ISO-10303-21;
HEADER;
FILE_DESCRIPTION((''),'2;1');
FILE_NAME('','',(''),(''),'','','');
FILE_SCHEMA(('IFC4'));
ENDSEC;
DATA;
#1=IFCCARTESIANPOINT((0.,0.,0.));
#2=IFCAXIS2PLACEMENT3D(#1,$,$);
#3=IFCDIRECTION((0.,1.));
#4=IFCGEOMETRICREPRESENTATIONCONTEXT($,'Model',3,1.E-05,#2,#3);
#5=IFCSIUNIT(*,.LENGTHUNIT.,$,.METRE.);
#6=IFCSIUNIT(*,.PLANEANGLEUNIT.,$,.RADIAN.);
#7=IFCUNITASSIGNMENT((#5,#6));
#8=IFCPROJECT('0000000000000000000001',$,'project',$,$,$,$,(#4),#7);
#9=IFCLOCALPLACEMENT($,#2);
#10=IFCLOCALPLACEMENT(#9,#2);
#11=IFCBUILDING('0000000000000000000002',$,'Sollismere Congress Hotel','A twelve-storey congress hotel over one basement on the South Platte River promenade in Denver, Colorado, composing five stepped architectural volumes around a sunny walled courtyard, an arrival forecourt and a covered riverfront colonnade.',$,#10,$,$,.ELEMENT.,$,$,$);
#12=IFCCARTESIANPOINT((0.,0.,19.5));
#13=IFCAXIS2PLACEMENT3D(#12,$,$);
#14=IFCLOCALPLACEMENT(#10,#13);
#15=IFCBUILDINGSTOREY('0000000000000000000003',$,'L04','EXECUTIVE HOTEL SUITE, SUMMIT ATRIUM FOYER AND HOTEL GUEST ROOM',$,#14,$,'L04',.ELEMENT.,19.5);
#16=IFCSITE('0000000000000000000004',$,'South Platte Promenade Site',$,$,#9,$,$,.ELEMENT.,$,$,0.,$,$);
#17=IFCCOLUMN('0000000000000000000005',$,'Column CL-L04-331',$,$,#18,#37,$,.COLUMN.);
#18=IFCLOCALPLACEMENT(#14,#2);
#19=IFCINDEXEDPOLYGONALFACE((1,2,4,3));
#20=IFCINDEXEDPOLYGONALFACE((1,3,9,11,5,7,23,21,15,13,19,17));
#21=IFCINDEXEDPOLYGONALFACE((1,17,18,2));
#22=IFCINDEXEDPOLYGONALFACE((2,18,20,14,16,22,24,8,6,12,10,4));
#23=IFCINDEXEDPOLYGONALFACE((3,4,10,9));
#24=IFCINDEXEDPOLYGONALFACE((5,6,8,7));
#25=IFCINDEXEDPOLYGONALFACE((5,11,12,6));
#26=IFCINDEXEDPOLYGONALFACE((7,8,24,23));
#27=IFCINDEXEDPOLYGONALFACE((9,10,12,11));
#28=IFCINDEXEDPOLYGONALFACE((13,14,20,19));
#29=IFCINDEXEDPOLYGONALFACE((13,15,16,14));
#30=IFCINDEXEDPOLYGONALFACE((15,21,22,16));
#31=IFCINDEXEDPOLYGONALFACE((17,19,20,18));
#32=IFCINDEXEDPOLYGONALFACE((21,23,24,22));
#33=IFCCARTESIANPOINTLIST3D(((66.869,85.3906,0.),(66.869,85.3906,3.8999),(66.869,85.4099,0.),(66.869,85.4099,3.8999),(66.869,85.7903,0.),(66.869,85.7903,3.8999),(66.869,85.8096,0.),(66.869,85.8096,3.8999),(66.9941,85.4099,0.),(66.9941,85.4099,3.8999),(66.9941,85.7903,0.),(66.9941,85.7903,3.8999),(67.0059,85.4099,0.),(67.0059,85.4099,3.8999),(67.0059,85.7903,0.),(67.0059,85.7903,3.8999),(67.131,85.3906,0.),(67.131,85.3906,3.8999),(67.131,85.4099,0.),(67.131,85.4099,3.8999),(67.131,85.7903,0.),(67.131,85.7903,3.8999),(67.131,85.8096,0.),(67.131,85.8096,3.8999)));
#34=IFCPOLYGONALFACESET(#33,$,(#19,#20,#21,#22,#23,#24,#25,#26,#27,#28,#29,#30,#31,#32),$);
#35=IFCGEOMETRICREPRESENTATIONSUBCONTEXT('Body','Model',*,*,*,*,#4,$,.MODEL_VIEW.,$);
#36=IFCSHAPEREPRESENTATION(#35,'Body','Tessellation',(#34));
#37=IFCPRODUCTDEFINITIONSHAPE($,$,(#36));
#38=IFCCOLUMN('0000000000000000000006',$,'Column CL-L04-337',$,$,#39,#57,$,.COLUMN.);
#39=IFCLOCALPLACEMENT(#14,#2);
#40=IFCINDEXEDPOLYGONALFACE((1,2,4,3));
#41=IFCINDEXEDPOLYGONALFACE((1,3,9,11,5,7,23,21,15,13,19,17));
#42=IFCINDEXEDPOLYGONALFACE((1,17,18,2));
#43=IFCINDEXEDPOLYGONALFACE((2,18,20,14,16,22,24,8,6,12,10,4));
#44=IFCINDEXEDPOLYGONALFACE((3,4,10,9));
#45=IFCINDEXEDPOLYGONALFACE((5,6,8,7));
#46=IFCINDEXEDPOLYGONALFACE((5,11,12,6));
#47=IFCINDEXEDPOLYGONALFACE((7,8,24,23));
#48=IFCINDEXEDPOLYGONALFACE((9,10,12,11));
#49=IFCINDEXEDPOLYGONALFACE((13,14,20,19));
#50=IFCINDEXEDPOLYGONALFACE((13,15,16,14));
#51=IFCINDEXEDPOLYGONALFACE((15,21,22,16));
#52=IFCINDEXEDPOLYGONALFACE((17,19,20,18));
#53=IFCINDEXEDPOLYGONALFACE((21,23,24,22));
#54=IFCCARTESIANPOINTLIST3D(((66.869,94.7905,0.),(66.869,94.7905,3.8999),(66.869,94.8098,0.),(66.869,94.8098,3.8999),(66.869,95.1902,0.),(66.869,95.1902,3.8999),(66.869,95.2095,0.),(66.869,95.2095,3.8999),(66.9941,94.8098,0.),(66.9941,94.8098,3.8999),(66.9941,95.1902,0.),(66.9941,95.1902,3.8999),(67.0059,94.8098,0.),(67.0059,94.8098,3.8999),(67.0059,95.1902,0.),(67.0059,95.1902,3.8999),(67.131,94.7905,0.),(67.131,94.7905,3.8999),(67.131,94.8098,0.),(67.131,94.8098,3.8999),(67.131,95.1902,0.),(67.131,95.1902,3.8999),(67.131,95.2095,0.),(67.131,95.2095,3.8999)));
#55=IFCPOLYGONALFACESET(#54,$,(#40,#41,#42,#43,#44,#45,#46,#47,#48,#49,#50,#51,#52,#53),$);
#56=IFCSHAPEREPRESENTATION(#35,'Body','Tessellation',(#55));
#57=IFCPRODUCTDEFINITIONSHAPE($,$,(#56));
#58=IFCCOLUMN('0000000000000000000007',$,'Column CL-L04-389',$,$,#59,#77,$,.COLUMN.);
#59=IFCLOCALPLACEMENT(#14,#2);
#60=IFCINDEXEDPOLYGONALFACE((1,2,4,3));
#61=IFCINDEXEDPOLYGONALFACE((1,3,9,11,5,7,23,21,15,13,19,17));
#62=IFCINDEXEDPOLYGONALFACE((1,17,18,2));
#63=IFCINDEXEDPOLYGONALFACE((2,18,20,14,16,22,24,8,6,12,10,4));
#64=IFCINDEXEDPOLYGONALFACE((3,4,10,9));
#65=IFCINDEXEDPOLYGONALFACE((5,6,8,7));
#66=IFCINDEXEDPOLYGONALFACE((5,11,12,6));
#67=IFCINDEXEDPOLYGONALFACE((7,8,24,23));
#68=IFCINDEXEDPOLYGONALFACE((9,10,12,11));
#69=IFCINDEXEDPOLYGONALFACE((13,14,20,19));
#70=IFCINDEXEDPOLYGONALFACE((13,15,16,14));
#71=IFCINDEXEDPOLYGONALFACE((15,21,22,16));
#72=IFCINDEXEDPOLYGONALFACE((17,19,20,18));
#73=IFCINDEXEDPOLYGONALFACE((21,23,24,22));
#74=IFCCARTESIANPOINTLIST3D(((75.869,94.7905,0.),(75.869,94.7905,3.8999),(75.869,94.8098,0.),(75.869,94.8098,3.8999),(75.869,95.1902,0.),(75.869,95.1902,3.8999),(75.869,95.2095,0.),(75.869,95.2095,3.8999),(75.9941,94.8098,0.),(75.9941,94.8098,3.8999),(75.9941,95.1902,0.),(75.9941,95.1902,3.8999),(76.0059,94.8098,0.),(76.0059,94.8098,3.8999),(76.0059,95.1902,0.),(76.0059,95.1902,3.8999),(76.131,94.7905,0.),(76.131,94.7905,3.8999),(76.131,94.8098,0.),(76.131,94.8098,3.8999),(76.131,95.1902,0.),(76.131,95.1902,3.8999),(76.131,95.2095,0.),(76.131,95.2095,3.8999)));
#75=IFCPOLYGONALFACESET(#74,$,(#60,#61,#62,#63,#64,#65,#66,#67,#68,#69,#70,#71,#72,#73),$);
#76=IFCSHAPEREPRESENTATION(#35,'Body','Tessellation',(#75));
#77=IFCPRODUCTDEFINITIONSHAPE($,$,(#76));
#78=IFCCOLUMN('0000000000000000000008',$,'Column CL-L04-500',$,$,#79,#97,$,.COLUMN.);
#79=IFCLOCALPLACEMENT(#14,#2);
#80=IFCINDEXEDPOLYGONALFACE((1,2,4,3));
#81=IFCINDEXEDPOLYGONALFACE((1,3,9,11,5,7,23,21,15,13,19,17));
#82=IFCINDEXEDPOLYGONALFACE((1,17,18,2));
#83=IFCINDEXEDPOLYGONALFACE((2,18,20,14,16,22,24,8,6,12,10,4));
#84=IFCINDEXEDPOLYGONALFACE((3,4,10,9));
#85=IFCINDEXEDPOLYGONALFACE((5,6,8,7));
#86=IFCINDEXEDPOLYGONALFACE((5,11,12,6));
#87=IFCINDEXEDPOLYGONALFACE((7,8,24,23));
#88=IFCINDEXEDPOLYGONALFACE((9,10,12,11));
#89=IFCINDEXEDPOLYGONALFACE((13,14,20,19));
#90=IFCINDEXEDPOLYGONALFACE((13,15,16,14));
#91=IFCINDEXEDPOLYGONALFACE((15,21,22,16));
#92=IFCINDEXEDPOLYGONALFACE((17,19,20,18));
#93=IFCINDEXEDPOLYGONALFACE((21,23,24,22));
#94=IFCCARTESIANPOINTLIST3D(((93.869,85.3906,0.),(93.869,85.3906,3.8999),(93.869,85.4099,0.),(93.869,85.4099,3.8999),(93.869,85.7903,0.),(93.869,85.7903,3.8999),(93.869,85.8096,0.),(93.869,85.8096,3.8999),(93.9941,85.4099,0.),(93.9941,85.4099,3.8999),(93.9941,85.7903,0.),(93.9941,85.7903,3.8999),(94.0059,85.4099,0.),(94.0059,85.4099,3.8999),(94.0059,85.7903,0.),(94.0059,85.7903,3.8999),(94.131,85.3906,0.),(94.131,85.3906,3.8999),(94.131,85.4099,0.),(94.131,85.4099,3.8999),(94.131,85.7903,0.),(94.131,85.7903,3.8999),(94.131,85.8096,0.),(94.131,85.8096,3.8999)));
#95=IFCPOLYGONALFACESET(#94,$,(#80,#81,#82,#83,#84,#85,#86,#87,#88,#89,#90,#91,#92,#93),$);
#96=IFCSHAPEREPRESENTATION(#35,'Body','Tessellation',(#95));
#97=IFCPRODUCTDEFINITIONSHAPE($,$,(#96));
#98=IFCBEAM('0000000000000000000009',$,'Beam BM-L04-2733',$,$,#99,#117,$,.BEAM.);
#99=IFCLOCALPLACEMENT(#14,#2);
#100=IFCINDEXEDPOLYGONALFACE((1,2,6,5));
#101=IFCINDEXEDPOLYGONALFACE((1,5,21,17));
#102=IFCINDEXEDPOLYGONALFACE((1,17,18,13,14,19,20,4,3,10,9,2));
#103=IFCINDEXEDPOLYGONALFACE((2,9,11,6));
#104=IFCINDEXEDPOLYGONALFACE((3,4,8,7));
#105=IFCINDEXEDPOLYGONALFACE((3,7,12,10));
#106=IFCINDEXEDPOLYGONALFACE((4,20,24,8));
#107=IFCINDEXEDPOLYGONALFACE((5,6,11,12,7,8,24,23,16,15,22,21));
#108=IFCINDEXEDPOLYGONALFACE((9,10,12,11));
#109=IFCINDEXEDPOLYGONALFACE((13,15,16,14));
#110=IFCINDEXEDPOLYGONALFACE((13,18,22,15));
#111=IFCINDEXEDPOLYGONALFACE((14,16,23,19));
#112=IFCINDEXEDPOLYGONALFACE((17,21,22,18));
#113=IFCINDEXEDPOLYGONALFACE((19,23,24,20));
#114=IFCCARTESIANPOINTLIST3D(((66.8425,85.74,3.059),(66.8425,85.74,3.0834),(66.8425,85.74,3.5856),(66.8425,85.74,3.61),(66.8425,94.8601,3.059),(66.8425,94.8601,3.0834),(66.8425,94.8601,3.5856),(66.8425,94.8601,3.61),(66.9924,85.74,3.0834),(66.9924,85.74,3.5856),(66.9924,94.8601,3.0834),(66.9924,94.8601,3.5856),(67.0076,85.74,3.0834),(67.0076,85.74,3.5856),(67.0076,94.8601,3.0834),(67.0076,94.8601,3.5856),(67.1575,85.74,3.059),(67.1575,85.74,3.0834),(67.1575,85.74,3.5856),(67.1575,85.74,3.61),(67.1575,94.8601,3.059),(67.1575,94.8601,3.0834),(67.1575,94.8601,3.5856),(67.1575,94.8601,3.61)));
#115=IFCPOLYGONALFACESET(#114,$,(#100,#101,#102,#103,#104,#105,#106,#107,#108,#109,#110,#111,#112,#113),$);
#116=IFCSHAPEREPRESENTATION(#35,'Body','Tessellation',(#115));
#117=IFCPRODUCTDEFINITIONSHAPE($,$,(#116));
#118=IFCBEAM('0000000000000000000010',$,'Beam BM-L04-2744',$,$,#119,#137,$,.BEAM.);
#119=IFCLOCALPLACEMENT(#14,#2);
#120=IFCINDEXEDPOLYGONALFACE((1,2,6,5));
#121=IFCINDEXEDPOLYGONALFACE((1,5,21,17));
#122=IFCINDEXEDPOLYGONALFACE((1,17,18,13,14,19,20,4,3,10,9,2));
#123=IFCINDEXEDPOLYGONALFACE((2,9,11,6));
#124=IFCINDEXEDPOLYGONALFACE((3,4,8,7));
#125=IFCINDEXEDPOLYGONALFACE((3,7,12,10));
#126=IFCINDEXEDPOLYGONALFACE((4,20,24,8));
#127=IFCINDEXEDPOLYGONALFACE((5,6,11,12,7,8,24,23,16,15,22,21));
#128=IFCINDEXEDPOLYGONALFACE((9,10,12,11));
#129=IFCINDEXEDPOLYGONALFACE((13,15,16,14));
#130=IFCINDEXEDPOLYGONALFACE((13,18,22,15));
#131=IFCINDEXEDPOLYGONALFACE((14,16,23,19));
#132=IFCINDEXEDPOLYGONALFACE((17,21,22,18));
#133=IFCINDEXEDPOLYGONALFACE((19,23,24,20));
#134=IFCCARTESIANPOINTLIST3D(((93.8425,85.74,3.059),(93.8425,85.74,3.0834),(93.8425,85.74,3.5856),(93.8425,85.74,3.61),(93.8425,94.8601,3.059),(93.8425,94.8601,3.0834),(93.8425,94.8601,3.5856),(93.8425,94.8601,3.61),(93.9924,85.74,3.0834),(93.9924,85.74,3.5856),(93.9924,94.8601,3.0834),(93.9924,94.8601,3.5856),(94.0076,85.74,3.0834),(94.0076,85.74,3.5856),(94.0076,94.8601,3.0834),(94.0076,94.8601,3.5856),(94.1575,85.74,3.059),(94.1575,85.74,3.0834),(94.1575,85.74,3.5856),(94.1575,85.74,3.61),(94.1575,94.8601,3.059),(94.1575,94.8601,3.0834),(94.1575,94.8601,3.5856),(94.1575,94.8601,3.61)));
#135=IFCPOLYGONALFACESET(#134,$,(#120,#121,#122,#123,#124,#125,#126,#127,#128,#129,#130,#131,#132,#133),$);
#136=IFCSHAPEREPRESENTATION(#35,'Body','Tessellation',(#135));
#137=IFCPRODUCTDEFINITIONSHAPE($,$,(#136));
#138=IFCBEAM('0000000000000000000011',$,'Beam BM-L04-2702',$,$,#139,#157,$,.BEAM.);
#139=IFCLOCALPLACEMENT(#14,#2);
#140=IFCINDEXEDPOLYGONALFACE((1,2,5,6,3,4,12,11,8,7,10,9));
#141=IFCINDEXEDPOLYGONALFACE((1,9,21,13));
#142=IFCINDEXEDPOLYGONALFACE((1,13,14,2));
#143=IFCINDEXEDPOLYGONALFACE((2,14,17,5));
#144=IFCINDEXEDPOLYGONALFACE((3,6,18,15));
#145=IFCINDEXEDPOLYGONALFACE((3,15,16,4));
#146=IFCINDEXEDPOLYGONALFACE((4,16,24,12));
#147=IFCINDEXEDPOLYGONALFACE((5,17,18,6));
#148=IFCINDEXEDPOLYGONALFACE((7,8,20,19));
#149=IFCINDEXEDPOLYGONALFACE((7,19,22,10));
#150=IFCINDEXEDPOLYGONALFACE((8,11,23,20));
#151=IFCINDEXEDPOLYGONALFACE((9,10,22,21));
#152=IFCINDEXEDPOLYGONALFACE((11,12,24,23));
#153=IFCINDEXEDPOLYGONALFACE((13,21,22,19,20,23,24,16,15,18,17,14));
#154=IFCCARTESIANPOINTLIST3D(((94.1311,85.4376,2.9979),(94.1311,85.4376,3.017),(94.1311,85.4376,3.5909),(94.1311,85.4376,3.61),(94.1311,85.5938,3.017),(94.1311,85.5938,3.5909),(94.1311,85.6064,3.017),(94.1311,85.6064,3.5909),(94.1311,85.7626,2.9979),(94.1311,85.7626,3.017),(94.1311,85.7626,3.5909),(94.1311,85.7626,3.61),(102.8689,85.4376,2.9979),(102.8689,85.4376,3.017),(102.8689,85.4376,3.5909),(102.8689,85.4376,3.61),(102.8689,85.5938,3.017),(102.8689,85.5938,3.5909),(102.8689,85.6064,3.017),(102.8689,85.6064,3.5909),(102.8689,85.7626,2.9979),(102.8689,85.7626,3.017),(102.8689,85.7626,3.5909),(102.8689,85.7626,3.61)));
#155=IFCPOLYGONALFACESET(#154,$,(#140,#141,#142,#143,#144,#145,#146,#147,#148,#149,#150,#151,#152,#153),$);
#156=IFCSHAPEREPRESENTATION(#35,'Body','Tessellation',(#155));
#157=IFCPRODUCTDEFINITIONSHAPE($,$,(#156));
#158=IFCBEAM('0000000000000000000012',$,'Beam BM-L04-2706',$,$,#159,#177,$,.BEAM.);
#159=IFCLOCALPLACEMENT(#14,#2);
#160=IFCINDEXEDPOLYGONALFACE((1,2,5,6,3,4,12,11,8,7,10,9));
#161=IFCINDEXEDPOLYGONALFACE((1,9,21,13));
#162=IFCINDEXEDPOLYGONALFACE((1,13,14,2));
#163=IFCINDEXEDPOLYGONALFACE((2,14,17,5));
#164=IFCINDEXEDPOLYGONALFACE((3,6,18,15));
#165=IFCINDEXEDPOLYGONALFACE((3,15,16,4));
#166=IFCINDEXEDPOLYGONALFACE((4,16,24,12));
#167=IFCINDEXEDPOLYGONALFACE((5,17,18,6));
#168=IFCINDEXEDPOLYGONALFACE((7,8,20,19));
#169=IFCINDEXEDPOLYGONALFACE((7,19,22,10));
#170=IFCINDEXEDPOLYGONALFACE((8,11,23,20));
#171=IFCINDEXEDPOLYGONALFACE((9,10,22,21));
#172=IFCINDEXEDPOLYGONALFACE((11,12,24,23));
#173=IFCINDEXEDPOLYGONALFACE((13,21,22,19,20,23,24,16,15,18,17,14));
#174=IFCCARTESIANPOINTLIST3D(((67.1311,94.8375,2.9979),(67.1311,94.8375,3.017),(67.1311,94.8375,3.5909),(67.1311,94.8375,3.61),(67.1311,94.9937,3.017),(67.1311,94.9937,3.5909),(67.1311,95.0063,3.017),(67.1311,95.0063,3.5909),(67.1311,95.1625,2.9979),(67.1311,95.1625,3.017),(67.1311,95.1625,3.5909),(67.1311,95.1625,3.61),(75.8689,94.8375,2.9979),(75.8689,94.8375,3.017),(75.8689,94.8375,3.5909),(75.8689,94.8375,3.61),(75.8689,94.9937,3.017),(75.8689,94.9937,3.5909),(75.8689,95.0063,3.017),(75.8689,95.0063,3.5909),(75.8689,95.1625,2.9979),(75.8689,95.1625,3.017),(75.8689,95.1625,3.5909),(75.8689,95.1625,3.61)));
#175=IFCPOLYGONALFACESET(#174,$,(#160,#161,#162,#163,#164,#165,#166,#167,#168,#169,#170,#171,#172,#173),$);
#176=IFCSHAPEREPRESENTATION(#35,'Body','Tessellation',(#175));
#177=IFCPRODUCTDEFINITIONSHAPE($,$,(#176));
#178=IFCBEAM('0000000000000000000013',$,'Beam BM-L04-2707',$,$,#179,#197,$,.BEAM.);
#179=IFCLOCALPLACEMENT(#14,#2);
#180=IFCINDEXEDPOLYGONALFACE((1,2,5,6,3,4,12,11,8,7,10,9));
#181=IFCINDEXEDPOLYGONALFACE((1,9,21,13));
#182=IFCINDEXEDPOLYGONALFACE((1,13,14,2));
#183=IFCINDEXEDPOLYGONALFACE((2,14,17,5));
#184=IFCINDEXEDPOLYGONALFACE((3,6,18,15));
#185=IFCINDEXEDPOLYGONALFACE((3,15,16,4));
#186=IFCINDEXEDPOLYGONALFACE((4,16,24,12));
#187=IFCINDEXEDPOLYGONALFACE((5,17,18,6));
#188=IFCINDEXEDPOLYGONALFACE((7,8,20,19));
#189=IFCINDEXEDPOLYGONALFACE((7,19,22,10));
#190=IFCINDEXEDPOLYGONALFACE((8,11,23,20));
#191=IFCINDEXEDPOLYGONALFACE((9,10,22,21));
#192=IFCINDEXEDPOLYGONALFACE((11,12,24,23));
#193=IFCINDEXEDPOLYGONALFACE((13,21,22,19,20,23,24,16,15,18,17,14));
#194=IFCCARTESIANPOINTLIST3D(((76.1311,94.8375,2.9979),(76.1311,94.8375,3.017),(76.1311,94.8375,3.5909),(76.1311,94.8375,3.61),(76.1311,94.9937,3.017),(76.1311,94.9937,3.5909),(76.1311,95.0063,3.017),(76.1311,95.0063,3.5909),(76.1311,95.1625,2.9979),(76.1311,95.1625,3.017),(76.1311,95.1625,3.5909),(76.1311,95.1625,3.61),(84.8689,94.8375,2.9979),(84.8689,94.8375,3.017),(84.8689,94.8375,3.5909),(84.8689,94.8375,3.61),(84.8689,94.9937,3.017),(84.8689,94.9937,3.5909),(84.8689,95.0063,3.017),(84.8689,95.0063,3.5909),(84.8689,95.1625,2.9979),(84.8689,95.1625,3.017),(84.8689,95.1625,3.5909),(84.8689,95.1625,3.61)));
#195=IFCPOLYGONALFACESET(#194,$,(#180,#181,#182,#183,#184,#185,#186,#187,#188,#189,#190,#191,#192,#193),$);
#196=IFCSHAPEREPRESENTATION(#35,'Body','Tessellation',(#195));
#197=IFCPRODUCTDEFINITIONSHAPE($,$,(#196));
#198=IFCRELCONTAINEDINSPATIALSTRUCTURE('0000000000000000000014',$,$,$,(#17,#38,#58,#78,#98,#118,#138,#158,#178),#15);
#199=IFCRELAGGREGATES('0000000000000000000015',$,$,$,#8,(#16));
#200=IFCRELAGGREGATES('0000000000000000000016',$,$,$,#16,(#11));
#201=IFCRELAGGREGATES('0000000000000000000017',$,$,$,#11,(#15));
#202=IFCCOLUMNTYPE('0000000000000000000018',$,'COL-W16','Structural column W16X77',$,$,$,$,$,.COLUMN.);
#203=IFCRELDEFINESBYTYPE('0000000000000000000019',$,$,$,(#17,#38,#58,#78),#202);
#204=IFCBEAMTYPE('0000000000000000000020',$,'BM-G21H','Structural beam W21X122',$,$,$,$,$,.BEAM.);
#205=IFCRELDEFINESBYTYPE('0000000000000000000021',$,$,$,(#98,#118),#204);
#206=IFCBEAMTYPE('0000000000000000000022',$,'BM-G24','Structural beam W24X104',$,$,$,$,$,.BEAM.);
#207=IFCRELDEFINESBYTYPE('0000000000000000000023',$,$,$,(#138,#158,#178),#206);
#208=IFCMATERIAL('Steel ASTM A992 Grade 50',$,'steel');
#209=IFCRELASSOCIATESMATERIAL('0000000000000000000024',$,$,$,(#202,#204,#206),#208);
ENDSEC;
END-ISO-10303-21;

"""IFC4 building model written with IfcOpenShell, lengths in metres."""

from ifc_helpers import new_model, si_unit, direction, frame, origin, origin_2d, place, context, subcontext, project, spatial, i_section, extrude, material, material_profile, profile_set, type_object, element, save


model = new_model("IFC4")

# Units and contexts
model_context = context("Model", 3, precision=1e-05, world=origin(), true_north=direction((0.0, 1.0)))
body_context = subcontext(model_context, "Body", "Model", "MODEL_VIEW")
ifc_project = project(units=[si_unit("LENGTHUNIT", "METRE"), si_unit("PLANEANGLEUNIT", "RADIAN")], contexts=[model_context])

# Site, building, storey
site_placement = place(None, origin())
site = spatial("IfcSite", under=ifc_project, at=site_placement, Name="South Platte Promenade Site", CompositionType="ELEMENT", RefElevation=0.0)
building_placement = place(site_placement, origin())
building = spatial("IfcBuilding", under=site, at=building_placement, Name="Sollismere Congress Hotel", Description="A twelve-storey congress hotel over one basement on the South Platte River promenade in Denver, Colorado, composing five stepped architectural volumes around a sunny walled courtyard, an arrival forecourt and a covered riverfront colonnade.", CompositionType="ELEMENT")
storey_placement = place(building_placement, frame((0.0, 0.0, 19.5)))
storey = spatial("IfcBuildingStorey", under=building, at=storey_placement, Name="L04", Description="EXECUTIVE HOTEL SUITE, SUMMIT ATRIUM FOYER AND HOTEL GUEST ROOM", LongName="L04", CompositionType="ELEMENT", Elevation=19.5)

# Columns
ifc_material_1 = material(Name="Steel ASTM A992 Grade 50", Category="steel")
ifc_material_profile_1 = material_profile(ifc_material_1, i_section(OverallWidth=0.262, OverallDepth=0.4189, WebThickness=0.0117, FlangeThickness=0.0193, at=origin_2d()), Name="W16X77")
ifc_profile_set_1 = profile_set([ifc_material_profile_1], Name="Steel ASTM A992 Grade 50")
column_type = type_object("IfcColumnType", Name="COL-W16", Description="Structural column W16X77", PredefinedType="COLUMN", material=ifc_profile_set_1)
for number, where, z_axis, x_axis, name in (
    (1, (67.0, 85.6001, 0.0), (0.0, 0.0, 1.0), (1.0, 0.0, 0.0), "Column CL-L04-331"),
    (2, (67.0, 95.0, 0.0), (0.0, 0.0, 1.0), (1.0, 0.0, 0.0), "Column CL-L04-337"),
    (3, (76.0, 95.0, 0.0), (0.0, 0.0, 1.0), (1.0, 0.0, 0.0), "Column CL-L04-389"),
    (4, (94.0, 85.6001, 0.0), (0.0, 0.0, 1.0), (1.0, 0.0, 0.0), "Column CL-L04-500"),
):
    element("IfcColumn", number, at=place(storey_placement, frame(where, z_axis=z_axis, x_axis=x_axis)), inside=storey, type_object=column_type, Name=name, PredefinedType="COLUMN", context=body_context, shape_type="SweptSolid", body=[
        extrude(i_section(OverallWidth=0.262, OverallDepth=0.4189, WebThickness=0.0117, FlangeThickness=0.0193, at=origin_2d()), origin(), (0.0, 0.0, 1.0), 3.8999),
    ])

# Beams
ifc_material_profile_2 = material_profile(ifc_material_1, i_section(OverallWidth=0.3149, OverallDepth=0.551, WebThickness=0.0151, FlangeThickness=0.0244, at=origin_2d()), Name="W21X122")
ifc_profile_set_2 = profile_set([ifc_material_profile_2], Name="Steel ASTM A992 Grade 50")
beam_type_1 = type_object("IfcBeamType", Name="BM-G21H", Description="Structural beam W21X122", PredefinedType="BEAM", material=ifc_profile_set_2)
for number, where, z_axis, x_axis, name in (
    (5, (67.0, 85.74, 3.3345), (0.0, 1.0, 0.0), (-1.0, 0.0, 0.0), "Beam BM-L04-2733"),
    (6, (94.0, 85.74, 3.3345), (0.0, 1.0, 0.0), (-1.0, 0.0, 0.0), "Beam BM-L04-2744"),
):
    element("IfcBeam", number, at=place(storey_placement, frame(where, z_axis=z_axis, x_axis=x_axis)), inside=storey, type_object=beam_type_1, Name=name, PredefinedType="BEAM", context=body_context, shape_type="SweptSolid", body=[
        extrude(i_section(OverallWidth=0.3149, OverallDepth=0.551, WebThickness=0.0151, FlangeThickness=0.0244, at=origin_2d()), origin(), (0.0, 0.0, 1.0), 9.1201),
    ])
ifc_material_profile_3 = material_profile(ifc_material_1, i_section(OverallWidth=0.325, OverallDepth=0.6121, WebThickness=0.0127, FlangeThickness=0.019, at=origin_2d()), Name="W24X104")
ifc_profile_set_3 = profile_set([ifc_material_profile_3], Name="Steel ASTM A992 Grade 50")
beam_type_2 = type_object("IfcBeamType", Name="BM-G24", Description="Structural beam W24X104", PredefinedType="BEAM", material=ifc_profile_set_3)
for number, where, z_axis, x_axis, name in (
    (7, (94.1311, 85.6001, 3.304), (1.0, 0.0, 0.0), (0.0, 1.0, 0.0), "Beam BM-L04-2702"),
    (8, (67.1311, 95.0, 3.304), (1.0, 0.0, 0.0), (0.0, 1.0, 0.0), "Beam BM-L04-2706"),
    (9, (76.1311, 95.0, 3.304), (1.0, 0.0, 0.0), (0.0, 1.0, 0.0), "Beam BM-L04-2707"),
):
    element("IfcBeam", number, at=place(storey_placement, frame(where, z_axis=z_axis, x_axis=x_axis)), inside=storey, type_object=beam_type_2, Name=name, PredefinedType="BEAM", context=body_context, shape_type="SweptSolid", body=[
        extrude(i_section(OverallWidth=0.325, OverallDepth=0.6121, WebThickness=0.0127, FlangeThickness=0.019, at=origin_2d()), origin(), (0.0, 0.0, 1.0), 8.7378),
    ])

save(model, "model.ifc")
